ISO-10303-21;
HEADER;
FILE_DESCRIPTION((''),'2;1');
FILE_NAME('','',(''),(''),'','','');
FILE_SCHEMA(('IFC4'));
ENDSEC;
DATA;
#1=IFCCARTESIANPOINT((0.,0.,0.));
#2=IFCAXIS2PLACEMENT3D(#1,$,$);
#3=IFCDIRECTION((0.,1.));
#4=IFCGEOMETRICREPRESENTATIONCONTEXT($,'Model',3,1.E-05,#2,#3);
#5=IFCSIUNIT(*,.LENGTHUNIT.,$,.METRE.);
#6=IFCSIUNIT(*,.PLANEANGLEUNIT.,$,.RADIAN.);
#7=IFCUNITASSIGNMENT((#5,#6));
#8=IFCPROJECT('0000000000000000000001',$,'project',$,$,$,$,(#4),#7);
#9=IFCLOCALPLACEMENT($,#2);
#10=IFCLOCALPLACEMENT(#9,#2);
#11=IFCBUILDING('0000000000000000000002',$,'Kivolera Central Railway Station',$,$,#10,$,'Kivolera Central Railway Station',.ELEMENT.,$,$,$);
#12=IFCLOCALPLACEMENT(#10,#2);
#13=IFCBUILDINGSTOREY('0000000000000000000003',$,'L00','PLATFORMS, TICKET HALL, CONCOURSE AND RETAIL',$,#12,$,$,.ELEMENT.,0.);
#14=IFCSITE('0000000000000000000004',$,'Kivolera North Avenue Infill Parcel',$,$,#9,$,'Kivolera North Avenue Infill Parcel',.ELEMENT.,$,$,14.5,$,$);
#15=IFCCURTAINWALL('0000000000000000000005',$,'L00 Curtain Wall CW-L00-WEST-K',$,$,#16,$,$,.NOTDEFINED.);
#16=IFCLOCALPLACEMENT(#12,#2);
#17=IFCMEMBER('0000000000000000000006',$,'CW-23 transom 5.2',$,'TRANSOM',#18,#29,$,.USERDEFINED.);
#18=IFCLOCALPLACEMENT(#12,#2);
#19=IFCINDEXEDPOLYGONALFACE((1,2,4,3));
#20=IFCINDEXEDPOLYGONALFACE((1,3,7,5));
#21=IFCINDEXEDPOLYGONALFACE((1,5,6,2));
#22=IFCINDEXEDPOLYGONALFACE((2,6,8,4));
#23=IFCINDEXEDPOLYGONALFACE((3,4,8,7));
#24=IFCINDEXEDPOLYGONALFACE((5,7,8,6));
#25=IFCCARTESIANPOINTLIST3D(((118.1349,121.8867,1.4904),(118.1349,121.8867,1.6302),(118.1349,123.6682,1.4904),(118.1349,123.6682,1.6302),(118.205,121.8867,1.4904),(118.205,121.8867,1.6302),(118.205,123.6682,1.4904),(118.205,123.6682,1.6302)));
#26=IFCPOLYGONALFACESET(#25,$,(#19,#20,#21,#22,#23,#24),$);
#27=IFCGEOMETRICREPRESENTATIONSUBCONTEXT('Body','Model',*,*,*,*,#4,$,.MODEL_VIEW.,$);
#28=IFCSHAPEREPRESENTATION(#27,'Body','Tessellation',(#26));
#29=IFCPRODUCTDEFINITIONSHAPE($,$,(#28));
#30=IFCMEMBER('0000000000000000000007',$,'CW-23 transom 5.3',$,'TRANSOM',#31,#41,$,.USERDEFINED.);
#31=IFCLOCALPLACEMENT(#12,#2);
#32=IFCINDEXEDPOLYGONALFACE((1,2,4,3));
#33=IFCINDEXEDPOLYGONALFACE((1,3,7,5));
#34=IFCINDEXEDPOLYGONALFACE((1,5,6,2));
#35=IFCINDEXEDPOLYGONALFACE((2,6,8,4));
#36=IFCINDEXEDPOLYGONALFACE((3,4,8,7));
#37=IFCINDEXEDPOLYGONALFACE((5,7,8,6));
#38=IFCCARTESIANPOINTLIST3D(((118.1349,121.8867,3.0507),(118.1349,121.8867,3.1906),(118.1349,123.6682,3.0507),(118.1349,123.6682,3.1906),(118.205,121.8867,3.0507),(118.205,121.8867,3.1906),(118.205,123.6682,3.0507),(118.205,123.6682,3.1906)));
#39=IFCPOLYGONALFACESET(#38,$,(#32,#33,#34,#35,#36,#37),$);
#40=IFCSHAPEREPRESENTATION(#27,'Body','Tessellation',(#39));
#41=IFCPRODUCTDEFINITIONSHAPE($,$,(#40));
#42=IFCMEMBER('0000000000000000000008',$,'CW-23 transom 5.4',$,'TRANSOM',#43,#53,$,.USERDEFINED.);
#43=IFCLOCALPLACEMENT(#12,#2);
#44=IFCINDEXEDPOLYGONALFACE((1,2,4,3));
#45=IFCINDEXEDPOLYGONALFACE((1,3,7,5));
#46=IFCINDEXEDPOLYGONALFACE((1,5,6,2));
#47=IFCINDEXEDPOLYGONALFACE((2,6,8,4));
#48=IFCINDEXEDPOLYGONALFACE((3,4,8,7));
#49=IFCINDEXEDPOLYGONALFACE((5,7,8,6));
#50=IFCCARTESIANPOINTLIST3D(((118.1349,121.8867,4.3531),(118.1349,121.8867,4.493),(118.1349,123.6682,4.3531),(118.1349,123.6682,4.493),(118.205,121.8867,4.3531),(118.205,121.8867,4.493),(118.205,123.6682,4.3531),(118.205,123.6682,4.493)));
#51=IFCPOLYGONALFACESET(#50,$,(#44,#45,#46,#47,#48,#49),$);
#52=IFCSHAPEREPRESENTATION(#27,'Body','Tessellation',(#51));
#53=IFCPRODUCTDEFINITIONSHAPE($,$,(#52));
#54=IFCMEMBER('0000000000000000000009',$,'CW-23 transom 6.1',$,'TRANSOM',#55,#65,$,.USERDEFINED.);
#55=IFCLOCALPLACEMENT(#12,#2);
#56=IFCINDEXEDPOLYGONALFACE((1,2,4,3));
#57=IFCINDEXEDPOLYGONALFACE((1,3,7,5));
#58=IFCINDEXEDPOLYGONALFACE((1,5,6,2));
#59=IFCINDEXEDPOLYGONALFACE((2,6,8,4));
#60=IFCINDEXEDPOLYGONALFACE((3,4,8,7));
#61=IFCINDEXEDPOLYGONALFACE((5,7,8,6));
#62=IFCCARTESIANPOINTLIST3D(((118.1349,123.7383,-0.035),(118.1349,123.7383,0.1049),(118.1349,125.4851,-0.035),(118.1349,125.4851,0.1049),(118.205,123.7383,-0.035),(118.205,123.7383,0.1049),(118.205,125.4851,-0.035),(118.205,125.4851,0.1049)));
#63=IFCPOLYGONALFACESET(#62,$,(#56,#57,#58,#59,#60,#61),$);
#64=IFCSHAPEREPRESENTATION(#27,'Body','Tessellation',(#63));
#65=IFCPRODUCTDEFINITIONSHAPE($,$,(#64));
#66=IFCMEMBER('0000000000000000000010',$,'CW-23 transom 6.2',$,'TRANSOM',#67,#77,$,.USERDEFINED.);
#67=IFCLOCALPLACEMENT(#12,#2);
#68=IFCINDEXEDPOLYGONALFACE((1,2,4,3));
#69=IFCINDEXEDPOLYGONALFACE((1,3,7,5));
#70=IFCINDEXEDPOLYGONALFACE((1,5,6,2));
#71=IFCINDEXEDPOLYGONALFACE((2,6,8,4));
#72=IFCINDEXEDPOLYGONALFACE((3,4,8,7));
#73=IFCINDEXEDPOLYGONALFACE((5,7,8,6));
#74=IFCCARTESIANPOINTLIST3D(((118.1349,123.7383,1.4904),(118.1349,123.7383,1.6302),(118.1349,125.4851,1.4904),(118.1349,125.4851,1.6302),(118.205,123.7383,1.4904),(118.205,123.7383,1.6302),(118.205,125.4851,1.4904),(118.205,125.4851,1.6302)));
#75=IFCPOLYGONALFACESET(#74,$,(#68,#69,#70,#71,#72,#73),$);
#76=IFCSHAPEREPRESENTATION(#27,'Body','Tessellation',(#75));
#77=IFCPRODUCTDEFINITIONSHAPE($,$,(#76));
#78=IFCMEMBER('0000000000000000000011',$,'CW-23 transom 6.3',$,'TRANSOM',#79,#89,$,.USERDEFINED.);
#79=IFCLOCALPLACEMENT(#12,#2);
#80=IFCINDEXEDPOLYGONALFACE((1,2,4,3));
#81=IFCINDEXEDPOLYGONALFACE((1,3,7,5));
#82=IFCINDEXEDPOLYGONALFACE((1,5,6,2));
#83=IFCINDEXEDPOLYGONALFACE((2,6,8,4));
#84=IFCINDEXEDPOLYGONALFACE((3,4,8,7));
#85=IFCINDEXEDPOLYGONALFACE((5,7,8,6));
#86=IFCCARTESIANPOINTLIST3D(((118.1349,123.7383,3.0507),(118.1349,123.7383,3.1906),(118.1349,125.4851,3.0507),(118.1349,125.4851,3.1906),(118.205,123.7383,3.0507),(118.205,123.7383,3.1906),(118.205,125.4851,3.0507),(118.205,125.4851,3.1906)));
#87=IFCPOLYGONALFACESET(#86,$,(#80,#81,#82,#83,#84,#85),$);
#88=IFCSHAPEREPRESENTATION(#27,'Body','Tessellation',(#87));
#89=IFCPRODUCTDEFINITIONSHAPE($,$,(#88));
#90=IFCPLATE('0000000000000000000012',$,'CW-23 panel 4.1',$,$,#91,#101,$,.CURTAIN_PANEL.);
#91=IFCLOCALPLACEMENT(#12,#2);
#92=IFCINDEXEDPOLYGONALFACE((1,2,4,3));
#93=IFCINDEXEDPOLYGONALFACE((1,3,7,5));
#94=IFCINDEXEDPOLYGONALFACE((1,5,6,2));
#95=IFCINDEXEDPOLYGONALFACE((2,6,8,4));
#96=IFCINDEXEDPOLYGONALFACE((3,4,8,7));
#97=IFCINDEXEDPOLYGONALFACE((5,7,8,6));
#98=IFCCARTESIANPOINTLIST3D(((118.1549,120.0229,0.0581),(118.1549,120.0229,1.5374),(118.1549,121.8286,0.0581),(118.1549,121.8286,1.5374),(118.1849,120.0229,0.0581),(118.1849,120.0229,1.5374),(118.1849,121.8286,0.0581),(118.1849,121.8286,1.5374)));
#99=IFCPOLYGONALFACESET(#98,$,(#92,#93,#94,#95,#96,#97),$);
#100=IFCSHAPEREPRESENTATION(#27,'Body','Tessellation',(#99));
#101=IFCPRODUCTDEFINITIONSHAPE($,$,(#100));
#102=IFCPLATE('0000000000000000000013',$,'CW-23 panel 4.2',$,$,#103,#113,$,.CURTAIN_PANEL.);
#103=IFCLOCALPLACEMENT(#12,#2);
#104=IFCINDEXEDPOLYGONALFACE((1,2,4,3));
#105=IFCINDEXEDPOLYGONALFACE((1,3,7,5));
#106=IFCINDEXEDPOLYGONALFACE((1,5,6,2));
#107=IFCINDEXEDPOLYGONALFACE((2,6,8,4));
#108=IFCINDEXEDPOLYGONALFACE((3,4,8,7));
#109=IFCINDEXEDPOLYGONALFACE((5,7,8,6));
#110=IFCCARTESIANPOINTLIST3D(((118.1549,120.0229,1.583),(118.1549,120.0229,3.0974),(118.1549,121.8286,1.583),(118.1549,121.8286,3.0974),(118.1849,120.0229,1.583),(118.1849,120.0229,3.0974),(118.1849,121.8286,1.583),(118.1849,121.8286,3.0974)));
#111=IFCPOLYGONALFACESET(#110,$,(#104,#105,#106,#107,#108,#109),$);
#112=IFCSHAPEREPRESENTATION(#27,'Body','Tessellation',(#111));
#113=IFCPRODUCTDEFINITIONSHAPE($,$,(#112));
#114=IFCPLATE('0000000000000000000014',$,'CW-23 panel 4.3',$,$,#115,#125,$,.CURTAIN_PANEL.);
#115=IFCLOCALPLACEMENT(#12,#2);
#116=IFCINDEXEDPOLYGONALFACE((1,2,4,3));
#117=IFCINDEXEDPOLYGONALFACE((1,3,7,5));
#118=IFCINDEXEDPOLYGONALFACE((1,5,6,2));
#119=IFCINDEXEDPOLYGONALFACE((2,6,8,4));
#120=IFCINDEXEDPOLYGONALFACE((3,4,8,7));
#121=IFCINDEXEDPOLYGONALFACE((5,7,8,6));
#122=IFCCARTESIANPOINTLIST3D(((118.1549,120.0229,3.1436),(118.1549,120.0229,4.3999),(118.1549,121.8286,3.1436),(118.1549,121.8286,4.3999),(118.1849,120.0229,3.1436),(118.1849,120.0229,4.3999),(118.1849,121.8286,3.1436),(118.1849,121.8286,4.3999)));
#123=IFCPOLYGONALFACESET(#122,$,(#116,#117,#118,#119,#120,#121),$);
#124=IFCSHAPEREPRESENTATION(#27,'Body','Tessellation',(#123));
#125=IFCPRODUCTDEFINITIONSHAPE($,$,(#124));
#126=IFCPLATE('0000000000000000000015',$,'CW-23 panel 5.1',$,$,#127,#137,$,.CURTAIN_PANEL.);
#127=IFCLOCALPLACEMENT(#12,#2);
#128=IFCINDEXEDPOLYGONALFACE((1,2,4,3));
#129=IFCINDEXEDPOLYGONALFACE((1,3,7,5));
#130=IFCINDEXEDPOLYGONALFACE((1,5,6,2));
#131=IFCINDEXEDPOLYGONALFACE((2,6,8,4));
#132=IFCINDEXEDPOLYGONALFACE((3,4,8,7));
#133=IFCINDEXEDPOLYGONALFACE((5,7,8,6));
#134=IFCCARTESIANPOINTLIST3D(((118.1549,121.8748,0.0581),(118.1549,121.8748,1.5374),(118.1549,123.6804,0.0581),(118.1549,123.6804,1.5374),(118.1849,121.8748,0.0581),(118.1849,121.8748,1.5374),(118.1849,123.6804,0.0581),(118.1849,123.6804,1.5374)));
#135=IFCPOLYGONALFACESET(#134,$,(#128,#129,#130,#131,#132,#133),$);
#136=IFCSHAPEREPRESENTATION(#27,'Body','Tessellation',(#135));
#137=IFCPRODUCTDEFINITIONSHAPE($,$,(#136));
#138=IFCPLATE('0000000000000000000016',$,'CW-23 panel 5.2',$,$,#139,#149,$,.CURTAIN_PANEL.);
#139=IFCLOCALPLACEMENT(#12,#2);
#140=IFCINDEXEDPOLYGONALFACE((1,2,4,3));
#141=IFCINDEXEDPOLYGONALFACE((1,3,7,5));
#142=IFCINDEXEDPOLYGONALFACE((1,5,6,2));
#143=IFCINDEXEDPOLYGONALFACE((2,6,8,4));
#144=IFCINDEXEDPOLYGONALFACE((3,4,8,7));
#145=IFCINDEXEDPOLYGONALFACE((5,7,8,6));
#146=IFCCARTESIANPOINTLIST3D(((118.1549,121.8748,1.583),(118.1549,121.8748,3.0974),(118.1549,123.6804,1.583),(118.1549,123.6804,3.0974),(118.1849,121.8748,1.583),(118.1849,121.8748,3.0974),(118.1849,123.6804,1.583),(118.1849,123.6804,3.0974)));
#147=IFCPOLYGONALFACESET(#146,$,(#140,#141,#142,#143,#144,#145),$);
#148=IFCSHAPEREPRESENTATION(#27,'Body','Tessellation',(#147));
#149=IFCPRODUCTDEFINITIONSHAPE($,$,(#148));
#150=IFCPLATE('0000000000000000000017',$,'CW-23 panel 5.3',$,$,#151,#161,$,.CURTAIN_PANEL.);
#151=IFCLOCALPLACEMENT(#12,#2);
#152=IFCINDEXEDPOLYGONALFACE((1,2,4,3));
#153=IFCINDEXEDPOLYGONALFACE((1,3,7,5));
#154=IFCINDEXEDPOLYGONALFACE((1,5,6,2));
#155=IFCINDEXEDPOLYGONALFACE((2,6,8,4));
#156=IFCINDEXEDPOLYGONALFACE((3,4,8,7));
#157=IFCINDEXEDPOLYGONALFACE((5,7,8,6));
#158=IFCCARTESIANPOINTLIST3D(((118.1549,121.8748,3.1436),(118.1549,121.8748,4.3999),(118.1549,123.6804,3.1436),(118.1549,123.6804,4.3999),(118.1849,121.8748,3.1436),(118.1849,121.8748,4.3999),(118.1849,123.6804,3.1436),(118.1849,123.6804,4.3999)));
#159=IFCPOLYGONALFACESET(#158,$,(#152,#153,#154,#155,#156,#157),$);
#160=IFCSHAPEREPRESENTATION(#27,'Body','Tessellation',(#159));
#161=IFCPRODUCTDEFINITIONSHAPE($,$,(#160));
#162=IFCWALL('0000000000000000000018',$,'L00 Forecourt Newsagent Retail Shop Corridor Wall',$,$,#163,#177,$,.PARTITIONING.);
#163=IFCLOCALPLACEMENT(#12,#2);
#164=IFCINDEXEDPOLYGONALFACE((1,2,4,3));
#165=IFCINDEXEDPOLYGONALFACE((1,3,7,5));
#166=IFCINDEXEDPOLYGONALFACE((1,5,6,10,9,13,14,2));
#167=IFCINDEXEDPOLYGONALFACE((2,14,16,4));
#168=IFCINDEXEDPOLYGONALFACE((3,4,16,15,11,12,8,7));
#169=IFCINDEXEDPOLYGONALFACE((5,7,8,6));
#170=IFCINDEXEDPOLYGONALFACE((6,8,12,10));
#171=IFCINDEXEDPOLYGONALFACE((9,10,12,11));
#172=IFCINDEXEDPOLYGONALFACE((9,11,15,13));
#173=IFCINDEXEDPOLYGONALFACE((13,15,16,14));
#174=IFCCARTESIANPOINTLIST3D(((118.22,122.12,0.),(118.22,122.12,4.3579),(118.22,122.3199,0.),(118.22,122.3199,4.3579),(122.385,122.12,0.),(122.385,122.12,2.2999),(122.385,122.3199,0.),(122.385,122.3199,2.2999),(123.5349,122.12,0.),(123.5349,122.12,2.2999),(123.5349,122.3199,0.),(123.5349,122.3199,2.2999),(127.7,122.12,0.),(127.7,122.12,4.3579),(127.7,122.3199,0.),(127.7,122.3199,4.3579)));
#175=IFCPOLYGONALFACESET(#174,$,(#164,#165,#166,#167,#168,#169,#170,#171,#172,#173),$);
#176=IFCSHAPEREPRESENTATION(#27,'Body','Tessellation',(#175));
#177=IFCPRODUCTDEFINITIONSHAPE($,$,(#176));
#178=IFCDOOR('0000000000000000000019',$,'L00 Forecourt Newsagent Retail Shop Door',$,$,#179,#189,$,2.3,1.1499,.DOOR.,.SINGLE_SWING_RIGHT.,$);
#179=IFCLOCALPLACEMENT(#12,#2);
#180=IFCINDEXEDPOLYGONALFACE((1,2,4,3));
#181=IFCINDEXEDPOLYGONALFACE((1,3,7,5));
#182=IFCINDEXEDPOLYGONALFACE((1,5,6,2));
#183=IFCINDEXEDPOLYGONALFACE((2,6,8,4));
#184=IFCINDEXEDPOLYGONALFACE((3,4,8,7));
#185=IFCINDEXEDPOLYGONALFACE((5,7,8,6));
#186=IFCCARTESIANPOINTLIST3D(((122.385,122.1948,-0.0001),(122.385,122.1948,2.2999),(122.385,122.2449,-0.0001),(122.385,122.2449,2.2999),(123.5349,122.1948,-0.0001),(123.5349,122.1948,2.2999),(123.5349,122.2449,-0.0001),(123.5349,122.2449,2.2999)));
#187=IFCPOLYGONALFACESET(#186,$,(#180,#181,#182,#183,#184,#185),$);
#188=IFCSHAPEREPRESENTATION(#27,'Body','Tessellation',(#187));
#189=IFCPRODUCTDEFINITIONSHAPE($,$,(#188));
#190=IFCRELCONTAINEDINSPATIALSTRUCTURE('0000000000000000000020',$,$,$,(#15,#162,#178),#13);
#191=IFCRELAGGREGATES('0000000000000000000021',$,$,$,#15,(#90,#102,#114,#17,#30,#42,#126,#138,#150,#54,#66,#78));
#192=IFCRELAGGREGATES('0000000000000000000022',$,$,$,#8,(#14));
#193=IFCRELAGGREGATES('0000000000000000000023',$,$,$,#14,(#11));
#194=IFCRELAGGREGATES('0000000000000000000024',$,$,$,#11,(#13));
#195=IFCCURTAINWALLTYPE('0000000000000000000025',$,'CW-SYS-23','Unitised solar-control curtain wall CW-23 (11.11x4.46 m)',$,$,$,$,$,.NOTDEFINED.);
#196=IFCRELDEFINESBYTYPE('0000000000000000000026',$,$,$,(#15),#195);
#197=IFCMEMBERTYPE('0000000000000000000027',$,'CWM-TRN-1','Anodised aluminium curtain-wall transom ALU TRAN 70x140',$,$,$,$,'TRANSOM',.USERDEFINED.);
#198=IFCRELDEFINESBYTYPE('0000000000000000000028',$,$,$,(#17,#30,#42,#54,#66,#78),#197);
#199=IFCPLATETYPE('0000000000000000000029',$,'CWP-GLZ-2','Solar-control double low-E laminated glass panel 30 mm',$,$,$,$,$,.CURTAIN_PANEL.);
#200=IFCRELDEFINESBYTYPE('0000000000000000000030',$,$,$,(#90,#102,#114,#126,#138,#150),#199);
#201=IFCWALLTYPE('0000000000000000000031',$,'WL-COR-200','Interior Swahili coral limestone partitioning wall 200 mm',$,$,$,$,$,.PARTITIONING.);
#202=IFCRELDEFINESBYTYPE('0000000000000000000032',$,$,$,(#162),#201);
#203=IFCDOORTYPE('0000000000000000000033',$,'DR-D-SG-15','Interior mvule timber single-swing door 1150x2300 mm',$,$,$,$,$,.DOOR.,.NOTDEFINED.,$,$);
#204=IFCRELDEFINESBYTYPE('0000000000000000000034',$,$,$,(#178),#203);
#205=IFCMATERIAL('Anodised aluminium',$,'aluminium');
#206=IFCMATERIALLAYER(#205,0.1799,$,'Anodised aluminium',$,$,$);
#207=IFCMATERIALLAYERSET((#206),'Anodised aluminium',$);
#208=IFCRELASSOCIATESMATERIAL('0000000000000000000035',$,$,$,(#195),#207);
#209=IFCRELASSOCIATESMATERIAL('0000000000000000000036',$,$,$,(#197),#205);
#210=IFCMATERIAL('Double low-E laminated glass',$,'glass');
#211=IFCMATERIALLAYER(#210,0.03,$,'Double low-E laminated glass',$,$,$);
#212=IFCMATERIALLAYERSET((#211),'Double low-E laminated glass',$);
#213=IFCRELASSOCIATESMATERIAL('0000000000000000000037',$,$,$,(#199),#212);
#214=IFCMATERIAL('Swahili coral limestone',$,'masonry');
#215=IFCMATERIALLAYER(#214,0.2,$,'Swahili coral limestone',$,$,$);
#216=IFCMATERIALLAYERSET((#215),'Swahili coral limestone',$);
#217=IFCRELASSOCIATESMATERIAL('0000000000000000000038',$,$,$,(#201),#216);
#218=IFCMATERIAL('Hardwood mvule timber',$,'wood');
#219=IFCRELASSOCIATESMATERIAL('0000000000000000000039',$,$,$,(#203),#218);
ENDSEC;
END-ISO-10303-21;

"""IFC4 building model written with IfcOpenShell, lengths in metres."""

from ifc_helpers import new_model, si_unit, direction, frame, frame_2d, origin, origin_2d, place, context, subcontext, project, spatial, rectangle, extrude, material, layer, layer_set, material_profile, profile_set, type_object, element, fill, aggregate, save


model = new_model("IFC4")

# Units and contexts
model_context = context("Model", 3, precision=1e-05, world=origin(), true_north=direction((0.0, 1.0)))
body_context = subcontext(model_context, "Body", "Model", "MODEL_VIEW")
ifc_project = project(units=[si_unit("LENGTHUNIT", "METRE"), si_unit("PLANEANGLEUNIT", "RADIAN")], contexts=[model_context])

# Site, building, storey
site_placement = place(None, origin())
site = spatial("IfcSite", under=ifc_project, at=site_placement, Name="Kivolera North Avenue Infill Parcel", LongName="Kivolera North Avenue Infill Parcel", CompositionType="ELEMENT", RefElevation=14.5)
building_placement = place(site_placement, origin())
building = spatial("IfcBuilding", under=site, at=building_placement, Name="Kivolera Central Railway Station", LongName="Kivolera Central Railway Station", CompositionType="ELEMENT")
storey_placement = place(building_placement, origin())
storey = spatial("IfcBuildingStorey", under=building, at=storey_placement, Name="L00", Description="PLATFORMS, TICKET HALL, CONCOURSE AND RETAIL", CompositionType="ELEMENT", Elevation=0.0)

# Curtain wall, members, plates
ifc_material_1 = material(Name="Anodised aluminium", Category="aluminium")
ifc_layer_1 = layer(ifc_material_1, 0.1799, Name="Anodised aluminium")
ifc_layer_set_1 = layer_set([ifc_layer_1], Name="Anodised aluminium")
curtain_wall_type = type_object("IfcCurtainWallType", Name="CW-SYS-23", Description="Unitised solar-control curtain wall CW-23 (11.11x4.46 m)", PredefinedType="NOTDEFINED", material=ifc_layer_set_1)
curtain_wall_placement = place(storey_placement, origin())
curtain_wall = element("IfcCurtainWall", 1, at=curtain_wall_placement, inside=storey, type_object=curtain_wall_type, Name="L00 Curtain Wall CW-L00-WEST-K", PredefinedType="NOTDEFINED")
ifc_material_profile_1 = material_profile(ifc_material_1, rectangle(XDim=0.0701, YDim=0.1399, at=origin_2d()), Name="ALU TRAN 70x140")
ifc_profile_set_1 = profile_set([ifc_material_profile_1], Name="Anodised aluminium")
member_type_1 = type_object("IfcMemberType", Name="CWM-TRN-1", Description="Anodised aluminium curtain-wall transom ALU TRAN 70x140", ElementType="TRANSOM", PredefinedType="USERDEFINED", material=ifc_profile_set_1)
member_1_placement = place(storey_placement, frame((118.1699, 121.8867, 1.5603), z_axis=(0.0, 1.0, 0.0), x_axis=(-1.0, 0.0, 0.0)))
member_1 = element("IfcMember", 2, at=member_1_placement, type_object=member_type_1, Name="CW-23 transom 5.2", ObjectType="TRANSOM", PredefinedType="USERDEFINED", context=body_context, shape_type="SweptSolid", body=[
    extrude(rectangle(XDim=0.0701, YDim=0.1399, at=origin_2d()), origin(), (0.0, 0.0, 1.0), 1.7815),
])
member_2_placement = place(storey_placement, frame((118.1699, 121.8867, 3.1206), z_axis=(0.0, 1.0, 0.0), x_axis=(-1.0, 0.0, 0.0)))
member_2 = element("IfcMember", 3, at=member_2_placement, type_object=member_type_1, Name="CW-23 transom 5.3", ObjectType="TRANSOM", PredefinedType="USERDEFINED", context=body_context, shape_type="SweptSolid", body=[
    extrude(rectangle(XDim=0.0701, YDim=0.1399, at=origin_2d()), origin(), (0.0, 0.0, 1.0), 1.7815),
])
member_3_placement = place(storey_placement, frame((118.1699, 121.8867, 4.4231), z_axis=(0.0, 1.0, 0.0), x_axis=(-1.0, 0.0, 0.0)))
member_3 = element("IfcMember", 4, at=member_3_placement, type_object=member_type_1, Name="CW-23 transom 5.4", ObjectType="TRANSOM", PredefinedType="USERDEFINED", context=body_context, shape_type="SweptSolid", body=[
    extrude(rectangle(XDim=0.0701, YDim=0.1399, at=origin_2d()), origin(), (0.0, 0.0, 1.0), 1.7815),
])
member_4_placement = place(storey_placement, frame((118.1699, 123.7383, 0.0349), z_axis=(0.0, 1.0, 0.0), x_axis=(-1.0, 0.0, 0.0)))
member_4 = element("IfcMember", 5, at=member_4_placement, type_object=member_type_1, Name="CW-23 transom 6.1", ObjectType="TRANSOM", PredefinedType="USERDEFINED", context=body_context, shape_type="SweptSolid", body=[
    extrude(rectangle(XDim=0.0701, YDim=0.1399, at=origin_2d()), origin(), (0.0, 0.0, 1.0), 1.7468),
])
member_5_placement = place(storey_placement, frame((118.1699, 123.7383, 1.5603), z_axis=(0.0, 1.0, 0.0), x_axis=(-1.0, 0.0, 0.0)))
member_5 = element("IfcMember", 6, at=member_5_placement, type_object=member_type_1, Name="CW-23 transom 6.2", ObjectType="TRANSOM", PredefinedType="USERDEFINED", context=body_context, shape_type="SweptSolid", body=[
    extrude(rectangle(XDim=0.0701, YDim=0.1399, at=origin_2d()), origin(), (0.0, 0.0, 1.0), 1.7468),
])
member_6_placement = place(storey_placement, frame((118.1699, 123.7383, 3.1206), z_axis=(0.0, 1.0, 0.0), x_axis=(-1.0, 0.0, 0.0)))
member_6 = element("IfcMember", 7, at=member_6_placement, type_object=member_type_1, Name="CW-23 transom 6.3", ObjectType="TRANSOM", PredefinedType="USERDEFINED", context=body_context, shape_type="SweptSolid", body=[
    extrude(rectangle(XDim=0.0701, YDim=0.1399, at=origin_2d()), origin(), (0.0, 0.0, 1.0), 1.7468),
])
ifc_material_2 = material(Name="Double low-E laminated glass", Category="glass")
ifc_layer_2 = layer(ifc_material_2, 0.03, Name="Double low-E laminated glass")
ifc_layer_set_2 = layer_set([ifc_layer_2], Name="Double low-E laminated glass")
plate_type = type_object("IfcPlateType", Name="CWP-GLZ-2", Description="Solar-control double low-E laminated glass panel 30 mm", PredefinedType="CURTAIN_PANEL", material=ifc_layer_set_2)
plate_1_placement = place(storey_placement, frame((118.1699, 120.9258, 0.0581), z_axis=(0.0, 0.0, 1.0), x_axis=(0.0, 1.0, 0.0)))
plate_1 = element("IfcPlate", 8, at=plate_1_placement, type_object=plate_type, Name="CW-23 panel 4.1", PredefinedType="CURTAIN_PANEL", context=body_context, shape_type="SweptSolid", body=[
    extrude(rectangle(XDim=1.8057, YDim=0.03, at=origin_2d()), origin(), (0.0, 0.0, 1.0), 1.4792),
])
plate_2_placement = place(storey_placement, frame((118.1699, 120.9258, 1.583), z_axis=(0.0, 0.0, 1.0), x_axis=(0.0, 1.0, 0.0)))
plate_2 = element("IfcPlate", 9, at=plate_2_placement, type_object=plate_type, Name="CW-23 panel 4.2", PredefinedType="CURTAIN_PANEL", context=body_context, shape_type="SweptSolid", body=[
    extrude(rectangle(XDim=1.8057, YDim=0.03, at=origin_2d()), origin(), (0.0, 0.0, 1.0), 1.5144),
])
plate_3_placement = place(storey_placement, frame((118.1699, 120.9258, 3.1436), z_axis=(0.0, 0.0, 1.0), x_axis=(0.0, 1.0, 0.0)))
plate_3 = element("IfcPlate", 10, at=plate_3_placement, type_object=plate_type, Name="CW-23 panel 4.3", PredefinedType="CURTAIN_PANEL", context=body_context, shape_type="SweptSolid", body=[
    extrude(rectangle(XDim=1.8057, YDim=0.03, at=origin_2d()), origin(), (0.0, 0.0, 1.0), 1.2563),
])
plate_4_placement = place(storey_placement, frame((118.1699, 122.7776, 0.0581), z_axis=(0.0, 0.0, 1.0), x_axis=(0.0, 1.0, 0.0)))
plate_4 = element("IfcPlate", 11, at=plate_4_placement, type_object=plate_type, Name="CW-23 panel 5.1", PredefinedType="CURTAIN_PANEL", context=body_context, shape_type="SweptSolid", body=[
    extrude(rectangle(XDim=1.8057, YDim=0.03, at=origin_2d()), origin(), (0.0, 0.0, 1.0), 1.4792),
])
plate_5_placement = place(storey_placement, frame((118.1699, 122.7776, 1.583), z_axis=(0.0, 0.0, 1.0), x_axis=(0.0, 1.0, 0.0)))
plate_5 = element("IfcPlate", 12, at=plate_5_placement, type_object=plate_type, Name="CW-23 panel 5.2", PredefinedType="CURTAIN_PANEL", context=body_context, shape_type="SweptSolid", body=[
    extrude(rectangle(XDim=1.8057, YDim=0.03, at=origin_2d()), origin(), (0.0, 0.0, 1.0), 1.5144),
])
plate_6_placement = place(storey_placement, frame((118.1699, 122.7776, 3.1436), z_axis=(0.0, 0.0, 1.0), x_axis=(0.0, 1.0, 0.0)))
plate_6 = element("IfcPlate", 13, at=plate_6_placement, type_object=plate_type, Name="CW-23 panel 5.3", PredefinedType="CURTAIN_PANEL", context=body_context, shape_type="SweptSolid", body=[
    extrude(rectangle(XDim=1.8057, YDim=0.03, at=origin_2d()), origin(), (0.0, 0.0, 1.0), 1.2563),
])
aggregate(curtain_wall, [plate_1, plate_2, plate_3, member_1, member_2, member_3, plate_4, plate_5, plate_6, member_4, member_5, member_6])

# Wall, opening, door
ifc_material_3 = material(Name="Swahili coral limestone", Category="masonry")
ifc_layer_3 = layer(ifc_material_3, 0.2, Name="Swahili coral limestone")
ifc_layer_set_3 = layer_set([ifc_layer_3], Name="Swahili coral limestone")
wall_type_1 = type_object("IfcWallType", Name="WL-COR-200", Description="Interior Swahili coral limestone partitioning wall 200 mm", PredefinedType="PARTITIONING", material=ifc_layer_set_3)
wall_1_placement = place(storey_placement, frame((118.22, 122.22, 0.0), z_axis=(0.0, 0.0, 1.0), x_axis=(1.0, 0.0, 0.0)))
wall_1 = element("IfcWall", 14, at=wall_1_placement, inside=storey, type_object=wall_type_1, Name="L00 Forecourt Newsagent Retail Shop Corridor Wall", PredefinedType="PARTITIONING", context=body_context, shape_type="SweptSolid", body=[
    extrude(rectangle(XDim=9.48, YDim=0.2, at=frame_2d((4.74, 0.0))), origin(), (0.0, 0.0, 1.0), 4.3579),
])
opening_placement = place(wall_1_placement, frame((4.165, 0.0, 0.0)))
opening = element("IfcOpeningElement", 15, at=opening_placement, cuts=wall_1, PredefinedType="OPENING", context=body_context, shape_type="SweptSolid", body=[
    extrude(rectangle(XDim=1.1499, YDim=2.3, at=frame_2d((0.575, 1.1499))), frame((0.0, 0.1099, 0.0), z_axis=(0.0, -1.0, 0.0), x_axis=(1.0, 0.0, 0.0)), (0.0, 0.0, 1.0), 0.22),
])
ifc_material_4 = material(Name="Hardwood mvule timber", Category="wood")
door_type = type_object("IfcDoorType", Name="DR-D-SG-15", Description="Interior mvule timber single-swing door 1150x2300 mm", OperationType="NOTDEFINED", PredefinedType="DOOR", material=ifc_material_4)
door_placement = place(opening_placement, origin())
door = element("IfcDoor", 16, at=door_placement, inside=storey, type_object=door_type, Name="L00 Forecourt Newsagent Retail Shop Door", OperationType="SINGLE_SWING_RIGHT", OverallHeight=2.3, OverallWidth=1.1499, PredefinedType="DOOR", context=body_context, shape_type="SweptSolid", body=[
    extrude(rectangle(XDim=1.1499, YDim=2.3, at=frame_2d((0.575, 1.1499))), frame((0.0, 0.0249, 0.0), z_axis=(0.0, -1.0, 0.0), x_axis=(1.0, 0.0, 0.0)), (0.0, 0.0, 1.0), 0.05),
])
fill(opening, door)

save(model, "model.ifc")
